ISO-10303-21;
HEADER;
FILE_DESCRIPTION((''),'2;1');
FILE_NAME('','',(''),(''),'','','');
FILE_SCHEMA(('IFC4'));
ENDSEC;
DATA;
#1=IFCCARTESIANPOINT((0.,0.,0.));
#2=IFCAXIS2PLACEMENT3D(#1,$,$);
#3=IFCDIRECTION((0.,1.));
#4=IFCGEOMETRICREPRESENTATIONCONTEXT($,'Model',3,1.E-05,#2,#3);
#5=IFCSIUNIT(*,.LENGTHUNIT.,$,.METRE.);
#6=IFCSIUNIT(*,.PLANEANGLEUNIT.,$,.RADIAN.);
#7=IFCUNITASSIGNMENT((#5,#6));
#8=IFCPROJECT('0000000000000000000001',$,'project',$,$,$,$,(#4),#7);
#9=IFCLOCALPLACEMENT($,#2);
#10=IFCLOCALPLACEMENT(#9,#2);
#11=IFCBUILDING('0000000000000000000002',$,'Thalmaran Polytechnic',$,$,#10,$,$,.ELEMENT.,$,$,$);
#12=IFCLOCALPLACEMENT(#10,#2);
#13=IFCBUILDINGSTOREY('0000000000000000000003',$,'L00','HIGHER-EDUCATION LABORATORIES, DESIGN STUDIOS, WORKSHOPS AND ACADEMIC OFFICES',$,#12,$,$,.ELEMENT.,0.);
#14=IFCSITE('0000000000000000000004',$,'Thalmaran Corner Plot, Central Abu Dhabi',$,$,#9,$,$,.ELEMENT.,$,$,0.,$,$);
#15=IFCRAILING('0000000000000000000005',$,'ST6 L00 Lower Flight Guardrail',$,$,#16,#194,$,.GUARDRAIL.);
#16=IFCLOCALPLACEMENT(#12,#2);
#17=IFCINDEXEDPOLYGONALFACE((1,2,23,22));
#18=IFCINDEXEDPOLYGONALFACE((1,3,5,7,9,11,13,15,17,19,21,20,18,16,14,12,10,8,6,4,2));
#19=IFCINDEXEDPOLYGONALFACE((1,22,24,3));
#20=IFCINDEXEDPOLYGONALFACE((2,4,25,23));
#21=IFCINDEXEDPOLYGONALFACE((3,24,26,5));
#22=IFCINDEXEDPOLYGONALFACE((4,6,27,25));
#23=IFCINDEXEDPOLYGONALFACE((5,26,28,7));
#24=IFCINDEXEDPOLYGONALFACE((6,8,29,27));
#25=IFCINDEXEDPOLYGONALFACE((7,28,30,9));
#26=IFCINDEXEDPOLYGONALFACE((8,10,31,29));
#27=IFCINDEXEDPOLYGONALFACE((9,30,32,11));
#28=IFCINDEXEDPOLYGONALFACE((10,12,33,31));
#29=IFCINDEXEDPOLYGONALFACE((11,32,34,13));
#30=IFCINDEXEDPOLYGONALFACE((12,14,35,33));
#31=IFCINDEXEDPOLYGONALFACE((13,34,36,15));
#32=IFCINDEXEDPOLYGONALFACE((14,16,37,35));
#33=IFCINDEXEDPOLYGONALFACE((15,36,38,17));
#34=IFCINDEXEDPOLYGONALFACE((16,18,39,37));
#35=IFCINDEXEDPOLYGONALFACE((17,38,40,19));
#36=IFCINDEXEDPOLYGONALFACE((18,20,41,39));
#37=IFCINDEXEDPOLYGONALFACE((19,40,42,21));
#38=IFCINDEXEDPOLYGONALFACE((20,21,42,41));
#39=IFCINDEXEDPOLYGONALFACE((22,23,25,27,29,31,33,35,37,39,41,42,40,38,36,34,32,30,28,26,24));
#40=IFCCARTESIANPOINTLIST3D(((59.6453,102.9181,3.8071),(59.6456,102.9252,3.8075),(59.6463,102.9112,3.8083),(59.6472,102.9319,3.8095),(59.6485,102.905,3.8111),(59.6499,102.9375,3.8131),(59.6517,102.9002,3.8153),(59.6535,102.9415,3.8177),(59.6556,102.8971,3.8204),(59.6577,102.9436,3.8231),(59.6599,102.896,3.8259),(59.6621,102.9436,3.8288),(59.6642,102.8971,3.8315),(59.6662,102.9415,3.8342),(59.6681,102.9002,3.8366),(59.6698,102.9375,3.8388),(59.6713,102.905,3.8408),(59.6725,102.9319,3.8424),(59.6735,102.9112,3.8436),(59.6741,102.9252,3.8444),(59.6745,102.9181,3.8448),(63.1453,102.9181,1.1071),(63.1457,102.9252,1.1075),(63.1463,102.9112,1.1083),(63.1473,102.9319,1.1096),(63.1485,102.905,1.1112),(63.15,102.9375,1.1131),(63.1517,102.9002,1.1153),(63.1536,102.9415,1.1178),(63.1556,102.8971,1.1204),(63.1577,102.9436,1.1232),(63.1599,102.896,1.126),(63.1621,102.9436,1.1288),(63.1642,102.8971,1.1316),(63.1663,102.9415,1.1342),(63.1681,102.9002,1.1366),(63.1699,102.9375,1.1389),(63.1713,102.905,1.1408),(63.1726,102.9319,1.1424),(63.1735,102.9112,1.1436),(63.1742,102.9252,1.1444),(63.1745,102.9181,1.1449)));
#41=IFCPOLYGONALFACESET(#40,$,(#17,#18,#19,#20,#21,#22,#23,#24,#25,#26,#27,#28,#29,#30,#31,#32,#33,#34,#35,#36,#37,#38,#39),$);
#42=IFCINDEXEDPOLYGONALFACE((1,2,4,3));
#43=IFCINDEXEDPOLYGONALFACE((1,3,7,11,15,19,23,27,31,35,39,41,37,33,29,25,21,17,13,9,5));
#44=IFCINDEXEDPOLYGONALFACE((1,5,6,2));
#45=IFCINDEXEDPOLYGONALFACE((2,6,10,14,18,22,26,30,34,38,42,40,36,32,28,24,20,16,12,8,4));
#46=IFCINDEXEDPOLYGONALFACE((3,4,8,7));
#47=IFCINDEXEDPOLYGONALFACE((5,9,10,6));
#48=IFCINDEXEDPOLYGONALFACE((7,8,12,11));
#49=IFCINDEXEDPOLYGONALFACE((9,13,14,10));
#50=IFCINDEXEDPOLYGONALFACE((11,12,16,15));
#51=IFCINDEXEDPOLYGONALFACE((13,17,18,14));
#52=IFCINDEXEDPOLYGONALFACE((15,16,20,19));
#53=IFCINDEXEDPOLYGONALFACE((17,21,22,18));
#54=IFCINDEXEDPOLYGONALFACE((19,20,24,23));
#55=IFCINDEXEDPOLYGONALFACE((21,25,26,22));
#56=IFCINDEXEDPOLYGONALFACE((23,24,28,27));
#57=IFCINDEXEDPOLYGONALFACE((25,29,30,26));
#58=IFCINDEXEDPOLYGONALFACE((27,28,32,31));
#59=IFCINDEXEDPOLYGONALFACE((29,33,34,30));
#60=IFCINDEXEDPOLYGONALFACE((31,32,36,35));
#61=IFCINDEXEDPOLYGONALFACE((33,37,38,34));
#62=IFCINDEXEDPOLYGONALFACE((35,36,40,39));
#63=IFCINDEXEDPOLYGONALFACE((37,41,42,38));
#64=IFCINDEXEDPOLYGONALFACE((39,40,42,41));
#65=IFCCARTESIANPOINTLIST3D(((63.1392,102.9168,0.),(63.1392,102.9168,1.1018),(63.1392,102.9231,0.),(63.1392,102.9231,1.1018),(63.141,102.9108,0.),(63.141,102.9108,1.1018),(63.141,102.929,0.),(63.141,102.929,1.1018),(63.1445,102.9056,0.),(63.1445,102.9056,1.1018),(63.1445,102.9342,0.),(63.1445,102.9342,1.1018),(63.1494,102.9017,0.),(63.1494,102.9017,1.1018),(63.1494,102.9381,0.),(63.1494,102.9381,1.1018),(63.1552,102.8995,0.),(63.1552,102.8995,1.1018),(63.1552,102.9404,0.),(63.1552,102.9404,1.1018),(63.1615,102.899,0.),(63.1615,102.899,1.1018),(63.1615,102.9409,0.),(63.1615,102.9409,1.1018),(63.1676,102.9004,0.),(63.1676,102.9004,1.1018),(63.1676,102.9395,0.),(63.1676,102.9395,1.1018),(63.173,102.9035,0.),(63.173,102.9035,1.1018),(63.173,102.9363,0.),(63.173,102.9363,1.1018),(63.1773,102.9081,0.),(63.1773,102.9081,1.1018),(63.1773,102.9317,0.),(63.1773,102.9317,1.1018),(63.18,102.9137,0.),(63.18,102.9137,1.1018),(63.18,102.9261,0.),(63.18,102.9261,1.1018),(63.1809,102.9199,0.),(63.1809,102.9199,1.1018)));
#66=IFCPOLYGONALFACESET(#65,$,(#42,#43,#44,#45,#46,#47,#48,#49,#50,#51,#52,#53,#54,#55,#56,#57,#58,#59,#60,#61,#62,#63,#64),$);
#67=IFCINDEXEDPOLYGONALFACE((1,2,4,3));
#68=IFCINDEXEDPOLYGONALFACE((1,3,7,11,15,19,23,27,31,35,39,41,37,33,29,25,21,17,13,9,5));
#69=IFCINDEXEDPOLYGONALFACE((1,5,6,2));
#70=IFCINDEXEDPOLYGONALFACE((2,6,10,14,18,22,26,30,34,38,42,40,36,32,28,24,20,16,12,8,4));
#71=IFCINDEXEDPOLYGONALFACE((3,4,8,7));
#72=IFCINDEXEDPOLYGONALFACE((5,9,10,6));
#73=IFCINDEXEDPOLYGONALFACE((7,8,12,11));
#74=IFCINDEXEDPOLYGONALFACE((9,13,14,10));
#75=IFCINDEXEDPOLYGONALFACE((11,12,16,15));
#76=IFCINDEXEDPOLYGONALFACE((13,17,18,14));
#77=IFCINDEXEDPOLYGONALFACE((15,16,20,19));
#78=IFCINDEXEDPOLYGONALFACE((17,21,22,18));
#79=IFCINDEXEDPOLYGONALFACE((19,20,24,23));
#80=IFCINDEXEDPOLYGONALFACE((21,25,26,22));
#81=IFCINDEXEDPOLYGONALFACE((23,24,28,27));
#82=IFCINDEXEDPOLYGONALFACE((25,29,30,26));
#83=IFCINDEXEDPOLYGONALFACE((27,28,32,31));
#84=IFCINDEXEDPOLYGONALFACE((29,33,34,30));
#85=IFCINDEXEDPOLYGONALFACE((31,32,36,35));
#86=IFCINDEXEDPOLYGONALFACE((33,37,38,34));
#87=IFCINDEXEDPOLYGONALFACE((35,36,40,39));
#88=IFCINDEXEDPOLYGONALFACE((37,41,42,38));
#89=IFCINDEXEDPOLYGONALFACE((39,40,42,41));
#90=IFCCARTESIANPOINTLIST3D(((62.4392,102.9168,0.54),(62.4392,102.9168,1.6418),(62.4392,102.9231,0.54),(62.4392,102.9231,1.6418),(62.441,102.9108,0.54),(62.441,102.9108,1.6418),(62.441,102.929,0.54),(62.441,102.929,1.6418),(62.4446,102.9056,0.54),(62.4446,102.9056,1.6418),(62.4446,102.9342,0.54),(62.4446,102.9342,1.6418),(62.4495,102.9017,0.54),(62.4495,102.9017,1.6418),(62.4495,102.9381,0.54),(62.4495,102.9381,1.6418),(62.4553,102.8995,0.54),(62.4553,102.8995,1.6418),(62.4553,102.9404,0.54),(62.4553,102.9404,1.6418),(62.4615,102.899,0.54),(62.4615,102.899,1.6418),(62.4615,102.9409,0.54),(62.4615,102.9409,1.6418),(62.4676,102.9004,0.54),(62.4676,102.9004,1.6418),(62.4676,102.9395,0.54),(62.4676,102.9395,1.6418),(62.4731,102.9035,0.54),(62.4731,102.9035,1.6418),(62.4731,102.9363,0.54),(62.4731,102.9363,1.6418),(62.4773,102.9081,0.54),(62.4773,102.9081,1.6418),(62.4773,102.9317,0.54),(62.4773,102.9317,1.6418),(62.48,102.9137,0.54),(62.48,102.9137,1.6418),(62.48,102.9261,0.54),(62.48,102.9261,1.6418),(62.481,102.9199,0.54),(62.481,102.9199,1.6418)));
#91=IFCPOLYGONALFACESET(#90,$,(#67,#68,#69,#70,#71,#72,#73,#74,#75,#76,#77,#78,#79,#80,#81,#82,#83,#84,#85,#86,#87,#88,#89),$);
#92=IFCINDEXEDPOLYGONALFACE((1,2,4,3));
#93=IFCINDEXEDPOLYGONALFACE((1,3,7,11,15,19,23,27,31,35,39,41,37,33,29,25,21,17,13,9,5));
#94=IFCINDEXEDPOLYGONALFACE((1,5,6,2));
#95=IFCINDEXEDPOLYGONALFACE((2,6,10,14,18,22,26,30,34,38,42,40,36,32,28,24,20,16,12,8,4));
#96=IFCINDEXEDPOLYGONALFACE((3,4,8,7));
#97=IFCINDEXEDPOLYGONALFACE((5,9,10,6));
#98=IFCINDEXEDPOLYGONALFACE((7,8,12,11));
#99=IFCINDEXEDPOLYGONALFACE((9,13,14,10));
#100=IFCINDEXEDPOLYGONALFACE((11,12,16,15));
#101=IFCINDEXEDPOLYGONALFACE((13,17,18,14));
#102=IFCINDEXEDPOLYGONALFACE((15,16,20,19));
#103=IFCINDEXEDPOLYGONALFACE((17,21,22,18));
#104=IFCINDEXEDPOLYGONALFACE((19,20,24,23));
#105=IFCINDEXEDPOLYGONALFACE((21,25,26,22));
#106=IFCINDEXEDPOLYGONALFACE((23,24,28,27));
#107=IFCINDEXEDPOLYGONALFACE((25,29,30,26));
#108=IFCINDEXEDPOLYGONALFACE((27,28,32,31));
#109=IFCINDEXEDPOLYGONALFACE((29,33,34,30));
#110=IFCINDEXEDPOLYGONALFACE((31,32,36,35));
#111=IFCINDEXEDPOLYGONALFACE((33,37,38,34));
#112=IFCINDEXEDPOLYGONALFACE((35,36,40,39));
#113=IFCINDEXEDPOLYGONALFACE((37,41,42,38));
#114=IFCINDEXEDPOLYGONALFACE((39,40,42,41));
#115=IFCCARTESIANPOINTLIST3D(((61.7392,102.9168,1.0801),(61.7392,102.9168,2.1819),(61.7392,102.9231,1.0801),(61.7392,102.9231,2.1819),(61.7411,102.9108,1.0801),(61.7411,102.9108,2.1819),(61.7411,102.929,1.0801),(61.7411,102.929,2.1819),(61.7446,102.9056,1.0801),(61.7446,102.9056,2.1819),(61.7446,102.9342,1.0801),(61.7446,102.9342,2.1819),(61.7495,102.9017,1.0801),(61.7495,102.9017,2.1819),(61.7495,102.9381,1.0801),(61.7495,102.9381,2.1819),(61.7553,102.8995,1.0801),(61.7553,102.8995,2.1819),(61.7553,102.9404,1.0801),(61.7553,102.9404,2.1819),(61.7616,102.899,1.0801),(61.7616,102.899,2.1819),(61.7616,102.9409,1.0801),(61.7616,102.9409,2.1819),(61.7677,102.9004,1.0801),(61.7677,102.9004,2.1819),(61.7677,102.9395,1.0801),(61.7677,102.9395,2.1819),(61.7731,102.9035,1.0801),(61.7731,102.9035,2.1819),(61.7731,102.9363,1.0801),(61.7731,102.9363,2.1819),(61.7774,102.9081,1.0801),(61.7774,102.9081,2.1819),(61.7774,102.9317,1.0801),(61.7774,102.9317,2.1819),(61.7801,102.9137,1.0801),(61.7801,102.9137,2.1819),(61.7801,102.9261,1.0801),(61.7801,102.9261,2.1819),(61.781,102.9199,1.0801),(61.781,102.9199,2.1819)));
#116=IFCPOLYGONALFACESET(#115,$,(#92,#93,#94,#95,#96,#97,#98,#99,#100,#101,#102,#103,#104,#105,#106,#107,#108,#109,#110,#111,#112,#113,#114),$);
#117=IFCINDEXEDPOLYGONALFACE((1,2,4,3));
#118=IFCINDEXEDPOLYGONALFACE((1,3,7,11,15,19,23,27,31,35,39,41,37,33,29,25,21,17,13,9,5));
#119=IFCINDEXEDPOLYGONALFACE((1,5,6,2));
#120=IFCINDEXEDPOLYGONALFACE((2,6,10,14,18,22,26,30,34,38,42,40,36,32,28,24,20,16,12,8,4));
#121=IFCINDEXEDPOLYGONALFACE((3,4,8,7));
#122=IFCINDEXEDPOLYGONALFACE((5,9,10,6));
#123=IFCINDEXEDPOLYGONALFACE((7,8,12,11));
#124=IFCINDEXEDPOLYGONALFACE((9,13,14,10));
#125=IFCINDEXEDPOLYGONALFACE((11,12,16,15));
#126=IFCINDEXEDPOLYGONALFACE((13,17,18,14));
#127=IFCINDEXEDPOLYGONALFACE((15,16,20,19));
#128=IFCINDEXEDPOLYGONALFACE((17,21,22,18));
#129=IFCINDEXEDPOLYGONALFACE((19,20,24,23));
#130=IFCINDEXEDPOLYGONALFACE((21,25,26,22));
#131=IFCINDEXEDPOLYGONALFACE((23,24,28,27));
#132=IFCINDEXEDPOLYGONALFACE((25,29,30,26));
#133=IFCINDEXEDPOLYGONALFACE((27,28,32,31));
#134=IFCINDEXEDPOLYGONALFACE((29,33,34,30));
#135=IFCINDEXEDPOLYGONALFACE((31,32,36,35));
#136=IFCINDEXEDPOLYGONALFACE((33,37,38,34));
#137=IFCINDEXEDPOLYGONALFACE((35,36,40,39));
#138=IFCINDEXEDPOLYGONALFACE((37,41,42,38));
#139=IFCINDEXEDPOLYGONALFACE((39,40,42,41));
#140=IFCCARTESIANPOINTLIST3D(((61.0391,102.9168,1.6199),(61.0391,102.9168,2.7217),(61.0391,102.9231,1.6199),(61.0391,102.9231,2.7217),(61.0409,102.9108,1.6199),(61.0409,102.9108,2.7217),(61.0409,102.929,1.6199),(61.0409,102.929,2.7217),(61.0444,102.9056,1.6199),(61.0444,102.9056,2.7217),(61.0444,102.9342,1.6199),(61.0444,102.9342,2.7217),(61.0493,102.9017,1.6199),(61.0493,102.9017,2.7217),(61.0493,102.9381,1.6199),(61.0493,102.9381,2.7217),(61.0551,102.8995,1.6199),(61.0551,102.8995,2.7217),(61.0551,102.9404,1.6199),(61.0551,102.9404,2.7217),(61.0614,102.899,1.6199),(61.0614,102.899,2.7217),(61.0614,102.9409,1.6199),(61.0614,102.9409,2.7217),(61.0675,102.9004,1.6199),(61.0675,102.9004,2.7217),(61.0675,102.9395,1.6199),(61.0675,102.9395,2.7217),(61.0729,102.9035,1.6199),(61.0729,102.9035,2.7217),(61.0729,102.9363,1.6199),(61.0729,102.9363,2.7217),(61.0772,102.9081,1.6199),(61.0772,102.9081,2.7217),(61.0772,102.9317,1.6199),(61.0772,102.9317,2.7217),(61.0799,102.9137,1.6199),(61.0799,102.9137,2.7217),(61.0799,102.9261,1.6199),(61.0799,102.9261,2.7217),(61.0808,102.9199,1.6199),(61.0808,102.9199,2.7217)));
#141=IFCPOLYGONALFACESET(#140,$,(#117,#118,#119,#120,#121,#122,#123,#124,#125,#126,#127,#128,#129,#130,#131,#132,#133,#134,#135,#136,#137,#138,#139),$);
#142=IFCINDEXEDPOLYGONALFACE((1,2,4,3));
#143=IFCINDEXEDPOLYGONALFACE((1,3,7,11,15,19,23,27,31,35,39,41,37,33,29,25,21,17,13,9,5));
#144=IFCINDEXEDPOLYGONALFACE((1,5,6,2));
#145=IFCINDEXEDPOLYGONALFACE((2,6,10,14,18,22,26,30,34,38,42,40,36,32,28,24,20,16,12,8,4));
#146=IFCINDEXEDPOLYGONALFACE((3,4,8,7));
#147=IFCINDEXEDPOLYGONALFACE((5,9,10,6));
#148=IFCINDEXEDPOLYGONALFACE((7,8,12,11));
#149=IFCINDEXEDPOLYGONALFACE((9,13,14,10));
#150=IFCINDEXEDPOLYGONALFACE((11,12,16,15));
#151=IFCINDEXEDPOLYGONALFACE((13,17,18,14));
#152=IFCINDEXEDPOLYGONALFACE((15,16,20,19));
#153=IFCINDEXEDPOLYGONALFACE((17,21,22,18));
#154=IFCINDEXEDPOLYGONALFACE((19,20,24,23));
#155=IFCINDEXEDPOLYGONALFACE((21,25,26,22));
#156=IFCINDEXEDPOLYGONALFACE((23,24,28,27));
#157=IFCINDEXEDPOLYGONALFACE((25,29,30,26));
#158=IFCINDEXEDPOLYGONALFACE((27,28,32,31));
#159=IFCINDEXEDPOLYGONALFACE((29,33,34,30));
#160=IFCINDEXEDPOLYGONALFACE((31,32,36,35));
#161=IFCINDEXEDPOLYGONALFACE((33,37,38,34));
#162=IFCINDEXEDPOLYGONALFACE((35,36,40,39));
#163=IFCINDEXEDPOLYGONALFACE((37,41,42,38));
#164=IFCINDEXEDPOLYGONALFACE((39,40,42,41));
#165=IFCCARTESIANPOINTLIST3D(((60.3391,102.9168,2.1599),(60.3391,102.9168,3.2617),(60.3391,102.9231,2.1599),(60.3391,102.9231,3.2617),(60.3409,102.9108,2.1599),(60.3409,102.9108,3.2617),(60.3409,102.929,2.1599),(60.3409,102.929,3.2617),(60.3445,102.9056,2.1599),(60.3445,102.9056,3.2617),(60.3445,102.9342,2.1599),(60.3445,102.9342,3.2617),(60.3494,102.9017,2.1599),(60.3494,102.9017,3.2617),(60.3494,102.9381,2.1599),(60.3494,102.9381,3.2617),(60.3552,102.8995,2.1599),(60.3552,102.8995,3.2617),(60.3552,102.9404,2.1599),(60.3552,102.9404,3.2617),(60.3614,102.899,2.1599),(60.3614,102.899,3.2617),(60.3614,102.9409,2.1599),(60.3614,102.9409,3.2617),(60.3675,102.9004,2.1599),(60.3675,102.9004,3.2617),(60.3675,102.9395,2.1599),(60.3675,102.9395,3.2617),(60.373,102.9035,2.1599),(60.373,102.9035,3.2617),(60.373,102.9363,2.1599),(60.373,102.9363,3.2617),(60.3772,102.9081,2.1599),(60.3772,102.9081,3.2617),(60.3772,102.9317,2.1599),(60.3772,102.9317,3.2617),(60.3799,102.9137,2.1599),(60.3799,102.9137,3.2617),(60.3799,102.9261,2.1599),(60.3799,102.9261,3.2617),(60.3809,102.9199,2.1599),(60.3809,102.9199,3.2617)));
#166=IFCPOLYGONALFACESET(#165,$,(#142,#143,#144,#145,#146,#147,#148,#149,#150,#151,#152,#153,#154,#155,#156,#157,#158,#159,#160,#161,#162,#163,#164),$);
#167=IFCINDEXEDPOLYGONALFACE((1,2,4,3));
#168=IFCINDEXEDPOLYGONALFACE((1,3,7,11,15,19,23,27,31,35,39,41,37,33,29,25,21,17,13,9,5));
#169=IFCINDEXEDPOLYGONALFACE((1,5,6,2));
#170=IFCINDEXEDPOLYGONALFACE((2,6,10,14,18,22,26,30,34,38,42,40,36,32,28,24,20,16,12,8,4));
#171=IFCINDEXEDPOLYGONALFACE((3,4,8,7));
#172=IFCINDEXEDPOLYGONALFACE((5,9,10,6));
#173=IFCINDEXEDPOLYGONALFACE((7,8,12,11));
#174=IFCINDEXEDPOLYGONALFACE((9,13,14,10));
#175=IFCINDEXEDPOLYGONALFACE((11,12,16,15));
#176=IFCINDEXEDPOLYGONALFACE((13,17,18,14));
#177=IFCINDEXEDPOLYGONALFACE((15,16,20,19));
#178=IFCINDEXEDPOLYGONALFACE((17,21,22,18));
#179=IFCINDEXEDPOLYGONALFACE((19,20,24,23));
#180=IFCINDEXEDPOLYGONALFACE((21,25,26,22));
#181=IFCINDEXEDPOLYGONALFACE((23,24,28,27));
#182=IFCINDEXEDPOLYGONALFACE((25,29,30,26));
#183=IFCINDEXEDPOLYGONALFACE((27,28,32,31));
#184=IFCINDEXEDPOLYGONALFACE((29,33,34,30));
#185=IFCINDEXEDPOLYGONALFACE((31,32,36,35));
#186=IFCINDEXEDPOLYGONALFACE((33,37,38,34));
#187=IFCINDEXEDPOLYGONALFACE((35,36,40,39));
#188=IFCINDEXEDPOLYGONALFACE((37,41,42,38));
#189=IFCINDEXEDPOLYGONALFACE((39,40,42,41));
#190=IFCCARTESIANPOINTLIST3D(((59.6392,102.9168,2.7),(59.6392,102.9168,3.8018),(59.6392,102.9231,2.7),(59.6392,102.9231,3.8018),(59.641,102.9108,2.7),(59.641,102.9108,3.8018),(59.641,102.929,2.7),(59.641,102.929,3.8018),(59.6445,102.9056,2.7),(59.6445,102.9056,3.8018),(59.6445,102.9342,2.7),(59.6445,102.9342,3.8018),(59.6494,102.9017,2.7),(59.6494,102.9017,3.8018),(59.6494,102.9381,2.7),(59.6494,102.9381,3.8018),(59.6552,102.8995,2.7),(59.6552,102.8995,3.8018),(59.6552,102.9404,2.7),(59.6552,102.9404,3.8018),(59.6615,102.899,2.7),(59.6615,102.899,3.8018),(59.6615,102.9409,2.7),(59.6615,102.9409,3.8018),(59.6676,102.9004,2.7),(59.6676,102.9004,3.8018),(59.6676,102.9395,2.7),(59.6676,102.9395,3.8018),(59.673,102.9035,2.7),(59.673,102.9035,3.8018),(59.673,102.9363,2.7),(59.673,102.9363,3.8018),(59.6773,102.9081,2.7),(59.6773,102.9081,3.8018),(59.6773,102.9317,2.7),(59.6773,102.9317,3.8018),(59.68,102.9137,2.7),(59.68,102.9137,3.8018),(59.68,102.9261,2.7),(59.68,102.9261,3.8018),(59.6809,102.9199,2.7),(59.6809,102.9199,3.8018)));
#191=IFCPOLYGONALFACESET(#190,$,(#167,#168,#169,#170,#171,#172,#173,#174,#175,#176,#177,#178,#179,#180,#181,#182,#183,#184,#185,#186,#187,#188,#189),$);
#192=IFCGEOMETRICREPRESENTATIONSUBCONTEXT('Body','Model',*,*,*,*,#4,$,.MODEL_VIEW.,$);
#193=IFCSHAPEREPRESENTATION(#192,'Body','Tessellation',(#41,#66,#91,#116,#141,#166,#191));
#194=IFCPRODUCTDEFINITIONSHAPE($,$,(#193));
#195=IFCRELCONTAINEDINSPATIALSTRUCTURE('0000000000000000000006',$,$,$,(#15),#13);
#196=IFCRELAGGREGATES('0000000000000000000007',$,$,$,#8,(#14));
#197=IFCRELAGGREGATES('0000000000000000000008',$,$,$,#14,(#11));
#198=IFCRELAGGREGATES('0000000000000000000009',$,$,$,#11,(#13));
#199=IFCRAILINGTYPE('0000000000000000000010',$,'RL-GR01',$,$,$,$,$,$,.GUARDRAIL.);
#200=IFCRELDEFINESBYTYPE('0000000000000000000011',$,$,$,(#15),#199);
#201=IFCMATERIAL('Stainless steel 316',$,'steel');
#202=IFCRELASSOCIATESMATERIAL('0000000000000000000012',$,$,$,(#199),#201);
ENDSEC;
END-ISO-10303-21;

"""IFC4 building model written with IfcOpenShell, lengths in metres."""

from ifc_helpers import new_model, si_unit, direction, frame, origin, origin_2d, place, context, subcontext, project, spatial, circle, extrude, material, type_object, element, save


model = new_model("IFC4")

# Units and contexts
model_context = context("Model", 3, precision=1e-05, world=origin(), true_north=direction((0.0, 1.0)))
body_context = subcontext(model_context, "Body", "Model", "MODEL_VIEW")
ifc_project = project(units=[si_unit("LENGTHUNIT", "METRE"), si_unit("PLANEANGLEUNIT", "RADIAN")], contexts=[model_context])

# Site, building, storey
site_placement = place(None, origin())
site = spatial("IfcSite", under=ifc_project, at=site_placement, Name="Thalmaran Corner Plot, Central Abu Dhabi", CompositionType="ELEMENT", RefElevation=0.0)
building_placement = place(site_placement, origin())
building = spatial("IfcBuilding", under=site, at=building_placement, Name="Thalmaran Polytechnic", CompositionType="ELEMENT")
storey_placement = place(building_placement, origin())
storey = spatial("IfcBuildingStorey", under=building, at=storey_placement, Name="L00", Description="HIGHER-EDUCATION LABORATORIES, DESIGN STUDIOS, WORKSHOPS AND ACADEMIC OFFICES", CompositionType="ELEMENT", Elevation=0.0)

# Railing
ifc_material_1 = material(Name="Stainless steel 316", Category="steel")
railing_type_1 = type_object("IfcRailingType", Name="RL-GR01", PredefinedType="GUARDRAIL", material=ifc_material_1)
railing_1_placement = place(storey_placement, frame((63.1599, 102.9199, 0.0)))
element("IfcRailing", 1, at=railing_1_placement, inside=storey, type_object=railing_type_1, Name="ST6 L00 Lower Flight Guardrail", PredefinedType="GUARDRAIL", context=body_context, shape_type="SweptSolid", body=[
    extrude(circle(Radius=0.0239, at=origin_2d()), frame((0.0, 0.0, 1.126), z_axis=(-0.791788, 0.0, 0.610797), x_axis=(0.0, -1.0, 0.0)), (0.0, 0.0, 1.0), 4.4204),
    extrude(circle(Radius=0.021, at=origin_2d()), origin(), (0.0, 0.0, 1.0), 1.1018),
    extrude(circle(Radius=0.021, at=origin_2d()), frame((-0.7, 0.0, 0.54)), (0.0, 0.0, 1.0), 1.1018),
    extrude(circle(Radius=0.021, at=origin_2d()), frame((-1.3999, 0.0, 1.0801)), (0.0, 0.0, 1.0), 1.1018),
    extrude(circle(Radius=0.021, at=origin_2d()), frame((-2.1001, 0.0, 1.6199)), (0.0, 0.0, 1.0), 1.1018),
    extrude(circle(Radius=0.021, at=origin_2d()), frame((-2.8, 0.0, 2.1599)), (0.0, 0.0, 1.0), 1.1018),
    extrude(circle(Radius=0.021, at=origin_2d()), frame((-3.5, 0.0, 2.7)), (0.0, 0.0, 1.0), 1.1018),
])

save(model, "model.ifc")
